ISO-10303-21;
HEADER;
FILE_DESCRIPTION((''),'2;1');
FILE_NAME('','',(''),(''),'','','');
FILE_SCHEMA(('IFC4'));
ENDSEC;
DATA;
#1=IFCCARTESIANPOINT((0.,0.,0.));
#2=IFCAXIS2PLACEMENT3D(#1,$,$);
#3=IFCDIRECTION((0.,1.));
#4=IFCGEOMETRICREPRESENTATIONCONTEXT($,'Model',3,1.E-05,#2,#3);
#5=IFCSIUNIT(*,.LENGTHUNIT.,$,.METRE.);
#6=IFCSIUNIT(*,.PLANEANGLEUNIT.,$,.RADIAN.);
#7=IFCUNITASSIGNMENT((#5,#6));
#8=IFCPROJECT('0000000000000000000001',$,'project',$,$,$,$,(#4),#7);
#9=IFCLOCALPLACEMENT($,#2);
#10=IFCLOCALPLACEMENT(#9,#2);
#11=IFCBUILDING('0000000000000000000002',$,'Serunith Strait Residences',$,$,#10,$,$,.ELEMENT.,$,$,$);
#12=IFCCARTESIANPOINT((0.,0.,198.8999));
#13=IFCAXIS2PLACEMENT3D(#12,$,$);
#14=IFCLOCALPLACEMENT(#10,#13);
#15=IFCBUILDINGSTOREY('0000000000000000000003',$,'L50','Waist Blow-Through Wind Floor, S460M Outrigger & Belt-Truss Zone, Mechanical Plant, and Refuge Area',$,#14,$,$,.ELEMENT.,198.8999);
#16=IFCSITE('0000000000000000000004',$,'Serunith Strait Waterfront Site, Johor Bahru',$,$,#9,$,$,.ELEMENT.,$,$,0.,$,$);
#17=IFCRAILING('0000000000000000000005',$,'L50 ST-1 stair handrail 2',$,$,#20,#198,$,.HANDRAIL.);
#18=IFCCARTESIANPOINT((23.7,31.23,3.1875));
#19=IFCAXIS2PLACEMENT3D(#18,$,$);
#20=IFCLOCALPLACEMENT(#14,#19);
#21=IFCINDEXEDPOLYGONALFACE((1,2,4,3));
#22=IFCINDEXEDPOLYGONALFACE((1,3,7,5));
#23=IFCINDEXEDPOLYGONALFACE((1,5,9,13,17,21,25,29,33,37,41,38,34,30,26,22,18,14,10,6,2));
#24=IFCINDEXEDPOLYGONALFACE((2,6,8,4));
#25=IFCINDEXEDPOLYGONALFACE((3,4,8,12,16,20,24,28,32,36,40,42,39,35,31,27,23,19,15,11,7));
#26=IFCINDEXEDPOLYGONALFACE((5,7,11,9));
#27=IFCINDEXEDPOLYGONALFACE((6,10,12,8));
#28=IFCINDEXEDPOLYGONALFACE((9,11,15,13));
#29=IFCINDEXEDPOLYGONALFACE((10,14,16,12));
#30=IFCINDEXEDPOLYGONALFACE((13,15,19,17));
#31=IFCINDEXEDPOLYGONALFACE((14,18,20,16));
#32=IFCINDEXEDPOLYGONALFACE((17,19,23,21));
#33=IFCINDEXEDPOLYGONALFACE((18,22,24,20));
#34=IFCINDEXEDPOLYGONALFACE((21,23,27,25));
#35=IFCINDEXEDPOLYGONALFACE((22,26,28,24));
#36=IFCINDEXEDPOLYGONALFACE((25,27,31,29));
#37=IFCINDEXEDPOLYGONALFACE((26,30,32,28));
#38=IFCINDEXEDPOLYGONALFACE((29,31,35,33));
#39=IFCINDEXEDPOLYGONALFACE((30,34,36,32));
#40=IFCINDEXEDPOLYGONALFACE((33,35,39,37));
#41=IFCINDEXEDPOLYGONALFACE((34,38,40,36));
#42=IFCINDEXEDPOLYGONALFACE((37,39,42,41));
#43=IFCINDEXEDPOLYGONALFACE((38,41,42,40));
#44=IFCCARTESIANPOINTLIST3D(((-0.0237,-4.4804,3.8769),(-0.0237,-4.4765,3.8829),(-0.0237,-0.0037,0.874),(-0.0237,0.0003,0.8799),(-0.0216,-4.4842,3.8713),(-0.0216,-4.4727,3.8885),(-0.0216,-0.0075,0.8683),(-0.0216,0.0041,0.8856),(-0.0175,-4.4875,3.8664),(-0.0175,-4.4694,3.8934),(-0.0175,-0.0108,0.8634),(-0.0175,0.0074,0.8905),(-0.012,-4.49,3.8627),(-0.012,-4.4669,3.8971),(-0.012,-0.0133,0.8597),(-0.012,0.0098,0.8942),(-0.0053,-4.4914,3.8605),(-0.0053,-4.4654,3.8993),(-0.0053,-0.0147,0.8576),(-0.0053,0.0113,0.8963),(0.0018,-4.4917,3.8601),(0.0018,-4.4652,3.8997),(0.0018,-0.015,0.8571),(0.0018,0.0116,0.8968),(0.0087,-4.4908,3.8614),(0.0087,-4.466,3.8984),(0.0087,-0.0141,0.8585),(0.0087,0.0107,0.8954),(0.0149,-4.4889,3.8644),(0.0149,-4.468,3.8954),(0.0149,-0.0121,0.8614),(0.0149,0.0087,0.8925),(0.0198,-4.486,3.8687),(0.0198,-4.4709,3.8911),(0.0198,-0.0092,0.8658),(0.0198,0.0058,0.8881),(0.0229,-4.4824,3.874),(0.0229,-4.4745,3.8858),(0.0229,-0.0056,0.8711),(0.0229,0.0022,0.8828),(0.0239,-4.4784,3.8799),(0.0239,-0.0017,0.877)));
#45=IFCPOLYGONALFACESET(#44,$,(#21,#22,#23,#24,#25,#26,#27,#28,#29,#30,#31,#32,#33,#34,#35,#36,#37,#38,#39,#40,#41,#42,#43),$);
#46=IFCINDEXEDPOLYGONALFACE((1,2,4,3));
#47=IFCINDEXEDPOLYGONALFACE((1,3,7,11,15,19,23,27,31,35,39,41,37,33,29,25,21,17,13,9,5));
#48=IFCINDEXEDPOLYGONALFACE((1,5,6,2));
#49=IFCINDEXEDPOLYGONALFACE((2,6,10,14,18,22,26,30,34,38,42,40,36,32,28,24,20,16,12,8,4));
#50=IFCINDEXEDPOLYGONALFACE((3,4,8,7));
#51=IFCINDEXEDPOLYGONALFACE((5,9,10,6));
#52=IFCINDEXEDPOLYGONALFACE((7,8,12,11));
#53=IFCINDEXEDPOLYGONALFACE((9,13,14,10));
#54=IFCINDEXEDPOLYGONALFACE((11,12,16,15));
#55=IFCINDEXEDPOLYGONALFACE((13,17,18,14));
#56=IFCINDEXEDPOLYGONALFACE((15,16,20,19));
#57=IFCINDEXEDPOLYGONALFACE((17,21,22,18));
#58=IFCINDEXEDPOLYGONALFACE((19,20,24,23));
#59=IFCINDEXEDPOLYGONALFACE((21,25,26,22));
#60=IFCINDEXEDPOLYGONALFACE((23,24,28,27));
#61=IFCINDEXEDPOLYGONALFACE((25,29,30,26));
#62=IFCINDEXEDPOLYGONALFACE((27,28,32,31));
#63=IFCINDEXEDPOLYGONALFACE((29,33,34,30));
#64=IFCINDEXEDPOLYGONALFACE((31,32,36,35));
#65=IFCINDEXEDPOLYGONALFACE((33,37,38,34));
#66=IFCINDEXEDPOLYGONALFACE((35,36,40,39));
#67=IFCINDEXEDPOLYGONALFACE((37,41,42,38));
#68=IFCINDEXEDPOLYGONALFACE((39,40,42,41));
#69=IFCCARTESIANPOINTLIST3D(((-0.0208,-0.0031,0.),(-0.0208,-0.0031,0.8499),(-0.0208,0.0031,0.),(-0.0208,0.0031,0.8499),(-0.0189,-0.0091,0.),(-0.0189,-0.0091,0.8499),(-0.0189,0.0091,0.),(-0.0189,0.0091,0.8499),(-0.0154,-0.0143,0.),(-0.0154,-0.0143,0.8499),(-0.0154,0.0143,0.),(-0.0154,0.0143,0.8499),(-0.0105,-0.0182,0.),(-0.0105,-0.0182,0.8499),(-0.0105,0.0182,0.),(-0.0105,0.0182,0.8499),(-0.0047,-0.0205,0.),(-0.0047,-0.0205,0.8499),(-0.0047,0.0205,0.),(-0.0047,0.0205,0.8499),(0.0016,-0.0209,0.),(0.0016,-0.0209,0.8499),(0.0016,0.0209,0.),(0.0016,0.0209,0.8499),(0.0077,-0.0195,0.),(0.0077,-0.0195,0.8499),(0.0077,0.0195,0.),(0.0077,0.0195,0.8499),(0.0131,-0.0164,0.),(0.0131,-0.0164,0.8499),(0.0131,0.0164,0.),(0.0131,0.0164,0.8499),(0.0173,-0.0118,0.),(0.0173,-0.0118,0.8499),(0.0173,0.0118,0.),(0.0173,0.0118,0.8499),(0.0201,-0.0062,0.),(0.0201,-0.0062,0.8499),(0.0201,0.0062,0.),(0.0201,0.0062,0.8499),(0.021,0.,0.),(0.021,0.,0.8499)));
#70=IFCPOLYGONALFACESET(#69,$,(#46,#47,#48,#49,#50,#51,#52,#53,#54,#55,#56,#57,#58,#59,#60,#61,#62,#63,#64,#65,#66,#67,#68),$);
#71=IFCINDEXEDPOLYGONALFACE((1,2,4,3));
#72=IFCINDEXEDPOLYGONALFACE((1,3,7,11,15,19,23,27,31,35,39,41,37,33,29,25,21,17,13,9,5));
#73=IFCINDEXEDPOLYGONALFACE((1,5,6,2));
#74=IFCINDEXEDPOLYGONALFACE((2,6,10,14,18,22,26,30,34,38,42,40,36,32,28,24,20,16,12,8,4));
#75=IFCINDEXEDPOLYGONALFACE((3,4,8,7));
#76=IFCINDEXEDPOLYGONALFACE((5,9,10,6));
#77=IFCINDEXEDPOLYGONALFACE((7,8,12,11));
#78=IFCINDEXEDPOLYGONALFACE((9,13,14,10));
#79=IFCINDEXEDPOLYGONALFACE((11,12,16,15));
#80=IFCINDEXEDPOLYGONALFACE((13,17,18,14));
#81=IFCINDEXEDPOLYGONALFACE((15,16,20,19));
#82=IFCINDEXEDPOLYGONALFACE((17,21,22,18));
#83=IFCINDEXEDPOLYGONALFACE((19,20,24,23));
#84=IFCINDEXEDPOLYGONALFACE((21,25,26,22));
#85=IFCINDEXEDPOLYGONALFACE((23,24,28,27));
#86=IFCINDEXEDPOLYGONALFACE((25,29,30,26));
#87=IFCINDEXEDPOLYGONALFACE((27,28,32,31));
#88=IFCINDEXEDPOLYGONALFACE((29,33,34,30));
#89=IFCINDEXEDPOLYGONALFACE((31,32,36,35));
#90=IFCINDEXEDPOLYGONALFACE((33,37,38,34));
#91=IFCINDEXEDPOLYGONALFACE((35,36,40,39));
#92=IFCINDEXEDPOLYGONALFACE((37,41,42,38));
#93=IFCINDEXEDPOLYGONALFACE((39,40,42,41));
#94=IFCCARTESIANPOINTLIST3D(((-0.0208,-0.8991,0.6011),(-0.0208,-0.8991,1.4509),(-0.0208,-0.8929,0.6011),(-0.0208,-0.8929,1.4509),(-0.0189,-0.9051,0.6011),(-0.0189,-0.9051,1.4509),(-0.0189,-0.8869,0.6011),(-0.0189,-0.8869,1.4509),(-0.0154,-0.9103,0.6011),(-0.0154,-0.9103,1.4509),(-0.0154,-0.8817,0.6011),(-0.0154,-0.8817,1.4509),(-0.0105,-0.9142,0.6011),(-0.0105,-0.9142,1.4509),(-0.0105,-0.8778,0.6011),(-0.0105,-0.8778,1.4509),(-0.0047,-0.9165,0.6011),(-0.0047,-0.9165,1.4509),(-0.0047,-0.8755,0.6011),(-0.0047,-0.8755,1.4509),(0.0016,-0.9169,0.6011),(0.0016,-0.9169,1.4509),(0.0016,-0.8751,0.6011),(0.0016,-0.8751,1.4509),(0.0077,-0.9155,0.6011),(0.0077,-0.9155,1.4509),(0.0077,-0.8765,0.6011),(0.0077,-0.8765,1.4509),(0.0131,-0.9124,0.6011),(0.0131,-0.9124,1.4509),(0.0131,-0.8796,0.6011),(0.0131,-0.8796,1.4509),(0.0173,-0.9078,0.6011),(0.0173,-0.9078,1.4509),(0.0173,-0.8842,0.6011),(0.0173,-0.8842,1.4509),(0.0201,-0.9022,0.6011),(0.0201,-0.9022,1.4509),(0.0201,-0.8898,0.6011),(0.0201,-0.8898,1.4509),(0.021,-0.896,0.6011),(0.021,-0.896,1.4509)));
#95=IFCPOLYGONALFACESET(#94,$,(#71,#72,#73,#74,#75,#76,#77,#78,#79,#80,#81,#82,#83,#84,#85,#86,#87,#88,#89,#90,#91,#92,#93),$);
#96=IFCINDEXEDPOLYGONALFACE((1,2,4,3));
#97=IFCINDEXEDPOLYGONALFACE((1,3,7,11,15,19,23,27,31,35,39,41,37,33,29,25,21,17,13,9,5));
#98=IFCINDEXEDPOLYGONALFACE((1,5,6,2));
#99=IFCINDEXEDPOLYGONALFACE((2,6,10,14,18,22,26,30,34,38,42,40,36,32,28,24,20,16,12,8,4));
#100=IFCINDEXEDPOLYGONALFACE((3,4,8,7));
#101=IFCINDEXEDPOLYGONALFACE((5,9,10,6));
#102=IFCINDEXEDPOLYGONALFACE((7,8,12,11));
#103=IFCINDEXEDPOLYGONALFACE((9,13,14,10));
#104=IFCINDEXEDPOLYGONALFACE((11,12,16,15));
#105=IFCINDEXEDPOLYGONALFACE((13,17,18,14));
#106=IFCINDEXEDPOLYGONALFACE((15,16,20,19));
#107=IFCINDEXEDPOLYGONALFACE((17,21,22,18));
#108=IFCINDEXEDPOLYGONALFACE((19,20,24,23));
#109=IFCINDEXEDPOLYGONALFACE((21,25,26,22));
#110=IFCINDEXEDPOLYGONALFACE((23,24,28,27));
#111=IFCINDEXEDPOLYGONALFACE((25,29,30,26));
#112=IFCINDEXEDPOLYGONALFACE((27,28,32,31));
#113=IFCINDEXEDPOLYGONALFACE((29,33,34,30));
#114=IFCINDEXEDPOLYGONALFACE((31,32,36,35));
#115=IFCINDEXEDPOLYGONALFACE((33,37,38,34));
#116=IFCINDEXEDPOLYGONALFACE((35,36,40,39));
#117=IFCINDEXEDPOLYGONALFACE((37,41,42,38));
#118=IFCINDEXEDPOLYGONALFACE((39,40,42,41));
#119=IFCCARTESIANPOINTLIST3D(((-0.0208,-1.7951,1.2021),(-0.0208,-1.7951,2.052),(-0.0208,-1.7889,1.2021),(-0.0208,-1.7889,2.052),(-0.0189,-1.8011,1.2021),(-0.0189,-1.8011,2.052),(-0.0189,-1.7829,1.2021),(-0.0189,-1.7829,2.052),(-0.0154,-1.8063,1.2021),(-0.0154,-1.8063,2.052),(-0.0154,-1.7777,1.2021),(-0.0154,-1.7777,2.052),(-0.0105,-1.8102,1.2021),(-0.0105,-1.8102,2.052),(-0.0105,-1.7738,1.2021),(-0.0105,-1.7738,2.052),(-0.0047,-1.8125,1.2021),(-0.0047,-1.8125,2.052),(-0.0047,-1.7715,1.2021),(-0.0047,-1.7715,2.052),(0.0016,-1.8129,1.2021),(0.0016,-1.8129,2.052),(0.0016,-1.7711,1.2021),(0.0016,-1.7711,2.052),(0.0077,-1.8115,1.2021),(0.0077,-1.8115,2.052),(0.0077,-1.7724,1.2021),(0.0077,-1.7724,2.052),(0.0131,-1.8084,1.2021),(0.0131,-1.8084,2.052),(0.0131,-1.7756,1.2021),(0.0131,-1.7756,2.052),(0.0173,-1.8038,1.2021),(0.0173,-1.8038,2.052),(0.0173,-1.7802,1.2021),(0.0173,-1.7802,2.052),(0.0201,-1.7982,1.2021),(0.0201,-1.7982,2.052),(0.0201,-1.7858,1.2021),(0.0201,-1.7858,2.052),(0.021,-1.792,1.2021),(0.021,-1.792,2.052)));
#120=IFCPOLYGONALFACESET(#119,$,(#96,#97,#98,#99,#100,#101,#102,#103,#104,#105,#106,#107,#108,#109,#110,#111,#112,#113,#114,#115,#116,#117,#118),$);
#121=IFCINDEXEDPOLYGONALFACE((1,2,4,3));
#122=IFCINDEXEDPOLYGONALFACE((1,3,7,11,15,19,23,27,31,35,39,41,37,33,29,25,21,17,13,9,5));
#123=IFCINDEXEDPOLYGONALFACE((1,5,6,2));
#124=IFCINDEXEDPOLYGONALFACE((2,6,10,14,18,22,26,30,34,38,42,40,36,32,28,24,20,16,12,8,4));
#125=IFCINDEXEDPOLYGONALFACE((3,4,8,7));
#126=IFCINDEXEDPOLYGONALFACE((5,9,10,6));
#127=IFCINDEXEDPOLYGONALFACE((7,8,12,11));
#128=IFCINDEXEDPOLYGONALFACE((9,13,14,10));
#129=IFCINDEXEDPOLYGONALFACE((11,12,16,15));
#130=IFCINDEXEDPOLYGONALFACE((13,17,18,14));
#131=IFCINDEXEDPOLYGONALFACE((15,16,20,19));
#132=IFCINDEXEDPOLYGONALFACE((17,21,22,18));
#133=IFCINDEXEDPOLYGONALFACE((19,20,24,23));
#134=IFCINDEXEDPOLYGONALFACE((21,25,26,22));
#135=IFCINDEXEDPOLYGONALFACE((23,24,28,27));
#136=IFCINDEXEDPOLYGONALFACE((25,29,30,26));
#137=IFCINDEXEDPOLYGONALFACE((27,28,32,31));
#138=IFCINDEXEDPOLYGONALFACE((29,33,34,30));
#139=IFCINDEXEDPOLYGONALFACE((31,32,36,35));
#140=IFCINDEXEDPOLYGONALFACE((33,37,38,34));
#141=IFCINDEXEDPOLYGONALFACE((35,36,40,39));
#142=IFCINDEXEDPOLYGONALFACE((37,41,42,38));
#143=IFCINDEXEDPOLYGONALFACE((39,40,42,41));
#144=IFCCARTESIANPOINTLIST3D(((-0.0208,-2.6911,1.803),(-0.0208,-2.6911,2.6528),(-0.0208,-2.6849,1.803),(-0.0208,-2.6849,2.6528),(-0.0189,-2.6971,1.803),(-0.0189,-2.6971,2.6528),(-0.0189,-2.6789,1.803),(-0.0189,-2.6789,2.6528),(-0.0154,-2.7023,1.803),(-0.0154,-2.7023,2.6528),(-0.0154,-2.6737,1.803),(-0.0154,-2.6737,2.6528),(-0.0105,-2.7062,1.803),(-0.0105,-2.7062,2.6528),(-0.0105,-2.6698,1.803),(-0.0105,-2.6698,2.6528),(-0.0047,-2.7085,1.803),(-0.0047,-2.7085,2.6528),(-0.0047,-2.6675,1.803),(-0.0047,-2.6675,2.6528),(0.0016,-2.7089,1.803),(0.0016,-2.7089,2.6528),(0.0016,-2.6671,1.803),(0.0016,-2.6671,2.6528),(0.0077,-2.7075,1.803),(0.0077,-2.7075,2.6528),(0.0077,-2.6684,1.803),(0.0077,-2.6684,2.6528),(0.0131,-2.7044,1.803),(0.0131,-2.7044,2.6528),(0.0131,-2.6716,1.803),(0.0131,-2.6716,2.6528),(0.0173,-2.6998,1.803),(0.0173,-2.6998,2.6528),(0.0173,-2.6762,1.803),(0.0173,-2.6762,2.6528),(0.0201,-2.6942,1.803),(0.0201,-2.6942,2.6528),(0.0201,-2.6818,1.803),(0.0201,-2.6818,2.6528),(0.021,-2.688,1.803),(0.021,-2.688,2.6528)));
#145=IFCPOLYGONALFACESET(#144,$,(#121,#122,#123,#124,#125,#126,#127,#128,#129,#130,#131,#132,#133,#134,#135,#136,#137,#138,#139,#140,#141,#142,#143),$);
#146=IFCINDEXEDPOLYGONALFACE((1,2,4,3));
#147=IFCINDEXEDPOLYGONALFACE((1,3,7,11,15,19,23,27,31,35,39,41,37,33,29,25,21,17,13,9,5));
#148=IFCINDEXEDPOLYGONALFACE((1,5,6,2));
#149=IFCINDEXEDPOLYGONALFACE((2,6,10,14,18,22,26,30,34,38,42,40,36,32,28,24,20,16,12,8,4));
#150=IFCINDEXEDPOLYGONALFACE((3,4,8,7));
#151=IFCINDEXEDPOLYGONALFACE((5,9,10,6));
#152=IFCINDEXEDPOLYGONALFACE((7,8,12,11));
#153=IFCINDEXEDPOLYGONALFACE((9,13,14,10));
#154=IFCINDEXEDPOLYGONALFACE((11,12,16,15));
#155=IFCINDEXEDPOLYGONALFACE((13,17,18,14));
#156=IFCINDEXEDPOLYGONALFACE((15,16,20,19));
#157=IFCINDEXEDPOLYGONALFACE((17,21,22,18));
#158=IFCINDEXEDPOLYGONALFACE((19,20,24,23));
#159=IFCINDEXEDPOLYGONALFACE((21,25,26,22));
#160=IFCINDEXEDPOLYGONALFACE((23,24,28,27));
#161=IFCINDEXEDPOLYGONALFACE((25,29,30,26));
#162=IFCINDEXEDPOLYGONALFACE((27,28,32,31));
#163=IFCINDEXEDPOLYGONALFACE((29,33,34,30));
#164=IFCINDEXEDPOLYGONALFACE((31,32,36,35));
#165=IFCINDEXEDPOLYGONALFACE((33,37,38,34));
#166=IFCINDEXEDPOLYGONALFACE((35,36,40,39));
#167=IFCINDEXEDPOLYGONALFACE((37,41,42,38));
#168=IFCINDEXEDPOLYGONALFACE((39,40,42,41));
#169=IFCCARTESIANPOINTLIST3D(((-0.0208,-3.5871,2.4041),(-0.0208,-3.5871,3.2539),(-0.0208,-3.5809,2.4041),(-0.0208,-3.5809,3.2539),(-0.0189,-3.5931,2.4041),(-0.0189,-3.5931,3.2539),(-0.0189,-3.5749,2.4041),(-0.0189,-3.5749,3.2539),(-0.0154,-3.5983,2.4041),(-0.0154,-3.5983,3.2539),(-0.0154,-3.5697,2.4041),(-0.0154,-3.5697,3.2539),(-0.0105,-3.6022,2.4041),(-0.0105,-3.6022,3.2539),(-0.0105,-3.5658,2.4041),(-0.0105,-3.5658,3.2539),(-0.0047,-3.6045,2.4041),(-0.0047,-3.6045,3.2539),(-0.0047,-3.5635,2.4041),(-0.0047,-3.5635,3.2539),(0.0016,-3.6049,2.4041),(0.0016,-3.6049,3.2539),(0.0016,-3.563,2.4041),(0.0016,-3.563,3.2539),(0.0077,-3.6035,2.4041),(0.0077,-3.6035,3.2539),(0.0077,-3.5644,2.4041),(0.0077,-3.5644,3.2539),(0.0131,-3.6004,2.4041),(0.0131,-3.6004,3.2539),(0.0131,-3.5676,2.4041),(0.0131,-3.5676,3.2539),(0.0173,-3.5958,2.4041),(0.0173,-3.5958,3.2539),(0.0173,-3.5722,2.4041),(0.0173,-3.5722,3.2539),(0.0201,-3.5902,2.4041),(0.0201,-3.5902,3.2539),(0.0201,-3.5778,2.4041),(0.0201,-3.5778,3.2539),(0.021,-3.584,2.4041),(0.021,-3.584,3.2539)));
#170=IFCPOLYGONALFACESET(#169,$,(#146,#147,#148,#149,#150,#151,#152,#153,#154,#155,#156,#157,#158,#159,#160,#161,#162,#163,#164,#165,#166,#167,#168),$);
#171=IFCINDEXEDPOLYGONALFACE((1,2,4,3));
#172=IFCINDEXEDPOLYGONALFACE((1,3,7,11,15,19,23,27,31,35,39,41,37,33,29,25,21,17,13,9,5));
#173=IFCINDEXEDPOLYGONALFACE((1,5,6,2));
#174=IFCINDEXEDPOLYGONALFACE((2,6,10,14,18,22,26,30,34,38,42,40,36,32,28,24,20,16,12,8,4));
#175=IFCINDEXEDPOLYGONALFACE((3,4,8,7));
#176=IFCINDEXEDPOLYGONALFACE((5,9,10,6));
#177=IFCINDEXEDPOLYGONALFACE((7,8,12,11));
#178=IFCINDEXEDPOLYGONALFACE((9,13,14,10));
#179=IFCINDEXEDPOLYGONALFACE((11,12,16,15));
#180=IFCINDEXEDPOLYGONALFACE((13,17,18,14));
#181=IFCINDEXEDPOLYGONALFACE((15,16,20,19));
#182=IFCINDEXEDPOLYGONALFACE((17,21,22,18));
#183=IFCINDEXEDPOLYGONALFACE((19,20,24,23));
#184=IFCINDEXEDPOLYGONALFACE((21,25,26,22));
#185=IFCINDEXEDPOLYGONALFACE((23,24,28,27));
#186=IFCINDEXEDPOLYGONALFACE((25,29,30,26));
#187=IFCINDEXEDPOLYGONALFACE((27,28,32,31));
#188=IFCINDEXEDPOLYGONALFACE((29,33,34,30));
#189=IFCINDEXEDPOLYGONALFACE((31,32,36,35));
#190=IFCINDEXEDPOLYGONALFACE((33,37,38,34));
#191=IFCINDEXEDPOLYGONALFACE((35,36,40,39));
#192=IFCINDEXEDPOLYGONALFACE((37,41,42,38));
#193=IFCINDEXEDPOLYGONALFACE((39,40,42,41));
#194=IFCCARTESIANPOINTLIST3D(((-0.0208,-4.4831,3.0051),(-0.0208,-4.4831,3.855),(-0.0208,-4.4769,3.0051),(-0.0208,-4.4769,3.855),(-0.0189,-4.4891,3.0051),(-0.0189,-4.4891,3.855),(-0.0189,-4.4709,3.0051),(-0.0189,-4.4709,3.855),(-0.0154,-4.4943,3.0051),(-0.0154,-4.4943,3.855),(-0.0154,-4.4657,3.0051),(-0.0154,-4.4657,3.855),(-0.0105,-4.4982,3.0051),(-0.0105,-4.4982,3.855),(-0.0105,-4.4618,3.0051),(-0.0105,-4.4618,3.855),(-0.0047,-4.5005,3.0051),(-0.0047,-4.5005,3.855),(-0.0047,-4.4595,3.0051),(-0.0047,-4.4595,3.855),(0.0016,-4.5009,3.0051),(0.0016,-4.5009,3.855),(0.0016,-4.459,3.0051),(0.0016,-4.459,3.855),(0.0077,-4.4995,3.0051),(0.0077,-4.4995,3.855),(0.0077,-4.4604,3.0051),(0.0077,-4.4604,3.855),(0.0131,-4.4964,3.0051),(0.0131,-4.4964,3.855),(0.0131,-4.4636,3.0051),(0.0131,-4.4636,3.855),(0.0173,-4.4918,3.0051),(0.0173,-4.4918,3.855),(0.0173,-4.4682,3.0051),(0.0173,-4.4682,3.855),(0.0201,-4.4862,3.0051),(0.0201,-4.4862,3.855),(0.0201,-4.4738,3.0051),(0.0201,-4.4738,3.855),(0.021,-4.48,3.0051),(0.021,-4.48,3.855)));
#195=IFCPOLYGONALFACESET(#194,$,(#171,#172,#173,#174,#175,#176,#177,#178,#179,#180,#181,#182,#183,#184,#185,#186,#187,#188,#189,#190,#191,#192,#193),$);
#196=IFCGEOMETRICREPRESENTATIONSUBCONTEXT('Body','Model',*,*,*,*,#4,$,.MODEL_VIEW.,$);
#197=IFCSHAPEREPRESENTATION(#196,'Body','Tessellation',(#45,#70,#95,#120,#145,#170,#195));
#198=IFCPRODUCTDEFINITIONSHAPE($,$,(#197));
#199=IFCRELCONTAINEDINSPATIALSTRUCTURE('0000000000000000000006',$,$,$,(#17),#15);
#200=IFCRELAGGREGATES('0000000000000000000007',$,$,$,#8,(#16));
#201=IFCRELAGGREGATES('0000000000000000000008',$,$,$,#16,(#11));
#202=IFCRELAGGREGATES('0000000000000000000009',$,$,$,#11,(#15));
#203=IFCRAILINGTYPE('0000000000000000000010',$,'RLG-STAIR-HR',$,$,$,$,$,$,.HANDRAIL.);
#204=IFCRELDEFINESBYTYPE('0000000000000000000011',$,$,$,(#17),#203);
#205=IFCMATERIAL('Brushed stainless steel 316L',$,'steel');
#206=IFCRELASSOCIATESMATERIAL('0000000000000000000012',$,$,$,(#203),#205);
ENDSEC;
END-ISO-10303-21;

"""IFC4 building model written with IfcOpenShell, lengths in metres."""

from ifc_helpers import new_model, si_unit, direction, frame, origin, origin_2d, place, context, subcontext, project, spatial, circle, extrude, material, type_object, element, save


model = new_model("IFC4")

# Units and contexts
model_context = context("Model", 3, precision=1e-05, world=origin(), true_north=direction((0.0, 1.0)))
body_context = subcontext(model_context, "Body", "Model", "MODEL_VIEW")
ifc_project = project(units=[si_unit("LENGTHUNIT", "METRE"), si_unit("PLANEANGLEUNIT", "RADIAN")], contexts=[model_context])

# Site, building, storey
site_placement = place(None, origin())
site = spatial("IfcSite", under=ifc_project, at=site_placement, Name="Serunith Strait Waterfront Site, Johor Bahru", CompositionType="ELEMENT", RefElevation=0.0)
building_placement = place(site_placement, origin())
building = spatial("IfcBuilding", under=site, at=building_placement, Name="Serunith Strait Residences", CompositionType="ELEMENT")
storey_placement = place(building_placement, frame((0.0, 0.0, 198.8999)))
storey = spatial("IfcBuildingStorey", under=building, at=storey_placement, Name="L50", Description="Waist Blow-Through Wind Floor, S460M Outrigger & Belt-Truss Zone, Mechanical Plant, and Refuge Area", CompositionType="ELEMENT", Elevation=198.8999)

# Railing
ifc_material_1 = material(Name="Brushed stainless steel 316L", Category="steel")
railing_type_1 = type_object("IfcRailingType", Name="RLG-STAIR-HR", PredefinedType="HANDRAIL", material=ifc_material_1)
railing_1_placement = place(storey_placement, frame((23.7, 31.23, 3.1875)))
element("IfcRailing", 1, at=railing_1_placement, inside=storey, type_object=railing_type_1, Name="L50 ST-1 stair handrail 2", PredefinedType="HANDRAIL", context=body_context, shape_type="SweptSolid", body=[
    extrude(circle(Radius=0.0239, at=origin_2d()), frame((0.0, -0.0017, 0.877), z_axis=(0.0, -0.830466, 0.557069), x_axis=(1.0, 0.0, 0.0)), (0.0, 0.0, 1.0), 5.3906),
    extrude(circle(Radius=0.021, at=origin_2d()), origin(), (0.0, 0.0, 1.0), 0.8499),
    extrude(circle(Radius=0.021, at=origin_2d()), frame((0.0, -0.896, 0.6011)), (0.0, 0.0, 1.0), 0.8499),
    extrude(circle(Radius=0.021, at=origin_2d()), frame((0.0, -1.792, 1.2021)), (0.0, 0.0, 1.0), 0.8499),
    extrude(circle(Radius=0.021, at=origin_2d()), frame((0.0, -2.688, 1.803)), (0.0, 0.0, 1.0), 0.8499),
    extrude(circle(Radius=0.021, at=origin_2d()), frame((0.0, -3.584, 2.4041)), (0.0, 0.0, 1.0), 0.8499),
    extrude(circle(Radius=0.021, at=origin_2d()), frame((0.0, -4.48, 3.0051)), (0.0, 0.0, 1.0), 0.8499),
])

save(model, "model.ifc")
